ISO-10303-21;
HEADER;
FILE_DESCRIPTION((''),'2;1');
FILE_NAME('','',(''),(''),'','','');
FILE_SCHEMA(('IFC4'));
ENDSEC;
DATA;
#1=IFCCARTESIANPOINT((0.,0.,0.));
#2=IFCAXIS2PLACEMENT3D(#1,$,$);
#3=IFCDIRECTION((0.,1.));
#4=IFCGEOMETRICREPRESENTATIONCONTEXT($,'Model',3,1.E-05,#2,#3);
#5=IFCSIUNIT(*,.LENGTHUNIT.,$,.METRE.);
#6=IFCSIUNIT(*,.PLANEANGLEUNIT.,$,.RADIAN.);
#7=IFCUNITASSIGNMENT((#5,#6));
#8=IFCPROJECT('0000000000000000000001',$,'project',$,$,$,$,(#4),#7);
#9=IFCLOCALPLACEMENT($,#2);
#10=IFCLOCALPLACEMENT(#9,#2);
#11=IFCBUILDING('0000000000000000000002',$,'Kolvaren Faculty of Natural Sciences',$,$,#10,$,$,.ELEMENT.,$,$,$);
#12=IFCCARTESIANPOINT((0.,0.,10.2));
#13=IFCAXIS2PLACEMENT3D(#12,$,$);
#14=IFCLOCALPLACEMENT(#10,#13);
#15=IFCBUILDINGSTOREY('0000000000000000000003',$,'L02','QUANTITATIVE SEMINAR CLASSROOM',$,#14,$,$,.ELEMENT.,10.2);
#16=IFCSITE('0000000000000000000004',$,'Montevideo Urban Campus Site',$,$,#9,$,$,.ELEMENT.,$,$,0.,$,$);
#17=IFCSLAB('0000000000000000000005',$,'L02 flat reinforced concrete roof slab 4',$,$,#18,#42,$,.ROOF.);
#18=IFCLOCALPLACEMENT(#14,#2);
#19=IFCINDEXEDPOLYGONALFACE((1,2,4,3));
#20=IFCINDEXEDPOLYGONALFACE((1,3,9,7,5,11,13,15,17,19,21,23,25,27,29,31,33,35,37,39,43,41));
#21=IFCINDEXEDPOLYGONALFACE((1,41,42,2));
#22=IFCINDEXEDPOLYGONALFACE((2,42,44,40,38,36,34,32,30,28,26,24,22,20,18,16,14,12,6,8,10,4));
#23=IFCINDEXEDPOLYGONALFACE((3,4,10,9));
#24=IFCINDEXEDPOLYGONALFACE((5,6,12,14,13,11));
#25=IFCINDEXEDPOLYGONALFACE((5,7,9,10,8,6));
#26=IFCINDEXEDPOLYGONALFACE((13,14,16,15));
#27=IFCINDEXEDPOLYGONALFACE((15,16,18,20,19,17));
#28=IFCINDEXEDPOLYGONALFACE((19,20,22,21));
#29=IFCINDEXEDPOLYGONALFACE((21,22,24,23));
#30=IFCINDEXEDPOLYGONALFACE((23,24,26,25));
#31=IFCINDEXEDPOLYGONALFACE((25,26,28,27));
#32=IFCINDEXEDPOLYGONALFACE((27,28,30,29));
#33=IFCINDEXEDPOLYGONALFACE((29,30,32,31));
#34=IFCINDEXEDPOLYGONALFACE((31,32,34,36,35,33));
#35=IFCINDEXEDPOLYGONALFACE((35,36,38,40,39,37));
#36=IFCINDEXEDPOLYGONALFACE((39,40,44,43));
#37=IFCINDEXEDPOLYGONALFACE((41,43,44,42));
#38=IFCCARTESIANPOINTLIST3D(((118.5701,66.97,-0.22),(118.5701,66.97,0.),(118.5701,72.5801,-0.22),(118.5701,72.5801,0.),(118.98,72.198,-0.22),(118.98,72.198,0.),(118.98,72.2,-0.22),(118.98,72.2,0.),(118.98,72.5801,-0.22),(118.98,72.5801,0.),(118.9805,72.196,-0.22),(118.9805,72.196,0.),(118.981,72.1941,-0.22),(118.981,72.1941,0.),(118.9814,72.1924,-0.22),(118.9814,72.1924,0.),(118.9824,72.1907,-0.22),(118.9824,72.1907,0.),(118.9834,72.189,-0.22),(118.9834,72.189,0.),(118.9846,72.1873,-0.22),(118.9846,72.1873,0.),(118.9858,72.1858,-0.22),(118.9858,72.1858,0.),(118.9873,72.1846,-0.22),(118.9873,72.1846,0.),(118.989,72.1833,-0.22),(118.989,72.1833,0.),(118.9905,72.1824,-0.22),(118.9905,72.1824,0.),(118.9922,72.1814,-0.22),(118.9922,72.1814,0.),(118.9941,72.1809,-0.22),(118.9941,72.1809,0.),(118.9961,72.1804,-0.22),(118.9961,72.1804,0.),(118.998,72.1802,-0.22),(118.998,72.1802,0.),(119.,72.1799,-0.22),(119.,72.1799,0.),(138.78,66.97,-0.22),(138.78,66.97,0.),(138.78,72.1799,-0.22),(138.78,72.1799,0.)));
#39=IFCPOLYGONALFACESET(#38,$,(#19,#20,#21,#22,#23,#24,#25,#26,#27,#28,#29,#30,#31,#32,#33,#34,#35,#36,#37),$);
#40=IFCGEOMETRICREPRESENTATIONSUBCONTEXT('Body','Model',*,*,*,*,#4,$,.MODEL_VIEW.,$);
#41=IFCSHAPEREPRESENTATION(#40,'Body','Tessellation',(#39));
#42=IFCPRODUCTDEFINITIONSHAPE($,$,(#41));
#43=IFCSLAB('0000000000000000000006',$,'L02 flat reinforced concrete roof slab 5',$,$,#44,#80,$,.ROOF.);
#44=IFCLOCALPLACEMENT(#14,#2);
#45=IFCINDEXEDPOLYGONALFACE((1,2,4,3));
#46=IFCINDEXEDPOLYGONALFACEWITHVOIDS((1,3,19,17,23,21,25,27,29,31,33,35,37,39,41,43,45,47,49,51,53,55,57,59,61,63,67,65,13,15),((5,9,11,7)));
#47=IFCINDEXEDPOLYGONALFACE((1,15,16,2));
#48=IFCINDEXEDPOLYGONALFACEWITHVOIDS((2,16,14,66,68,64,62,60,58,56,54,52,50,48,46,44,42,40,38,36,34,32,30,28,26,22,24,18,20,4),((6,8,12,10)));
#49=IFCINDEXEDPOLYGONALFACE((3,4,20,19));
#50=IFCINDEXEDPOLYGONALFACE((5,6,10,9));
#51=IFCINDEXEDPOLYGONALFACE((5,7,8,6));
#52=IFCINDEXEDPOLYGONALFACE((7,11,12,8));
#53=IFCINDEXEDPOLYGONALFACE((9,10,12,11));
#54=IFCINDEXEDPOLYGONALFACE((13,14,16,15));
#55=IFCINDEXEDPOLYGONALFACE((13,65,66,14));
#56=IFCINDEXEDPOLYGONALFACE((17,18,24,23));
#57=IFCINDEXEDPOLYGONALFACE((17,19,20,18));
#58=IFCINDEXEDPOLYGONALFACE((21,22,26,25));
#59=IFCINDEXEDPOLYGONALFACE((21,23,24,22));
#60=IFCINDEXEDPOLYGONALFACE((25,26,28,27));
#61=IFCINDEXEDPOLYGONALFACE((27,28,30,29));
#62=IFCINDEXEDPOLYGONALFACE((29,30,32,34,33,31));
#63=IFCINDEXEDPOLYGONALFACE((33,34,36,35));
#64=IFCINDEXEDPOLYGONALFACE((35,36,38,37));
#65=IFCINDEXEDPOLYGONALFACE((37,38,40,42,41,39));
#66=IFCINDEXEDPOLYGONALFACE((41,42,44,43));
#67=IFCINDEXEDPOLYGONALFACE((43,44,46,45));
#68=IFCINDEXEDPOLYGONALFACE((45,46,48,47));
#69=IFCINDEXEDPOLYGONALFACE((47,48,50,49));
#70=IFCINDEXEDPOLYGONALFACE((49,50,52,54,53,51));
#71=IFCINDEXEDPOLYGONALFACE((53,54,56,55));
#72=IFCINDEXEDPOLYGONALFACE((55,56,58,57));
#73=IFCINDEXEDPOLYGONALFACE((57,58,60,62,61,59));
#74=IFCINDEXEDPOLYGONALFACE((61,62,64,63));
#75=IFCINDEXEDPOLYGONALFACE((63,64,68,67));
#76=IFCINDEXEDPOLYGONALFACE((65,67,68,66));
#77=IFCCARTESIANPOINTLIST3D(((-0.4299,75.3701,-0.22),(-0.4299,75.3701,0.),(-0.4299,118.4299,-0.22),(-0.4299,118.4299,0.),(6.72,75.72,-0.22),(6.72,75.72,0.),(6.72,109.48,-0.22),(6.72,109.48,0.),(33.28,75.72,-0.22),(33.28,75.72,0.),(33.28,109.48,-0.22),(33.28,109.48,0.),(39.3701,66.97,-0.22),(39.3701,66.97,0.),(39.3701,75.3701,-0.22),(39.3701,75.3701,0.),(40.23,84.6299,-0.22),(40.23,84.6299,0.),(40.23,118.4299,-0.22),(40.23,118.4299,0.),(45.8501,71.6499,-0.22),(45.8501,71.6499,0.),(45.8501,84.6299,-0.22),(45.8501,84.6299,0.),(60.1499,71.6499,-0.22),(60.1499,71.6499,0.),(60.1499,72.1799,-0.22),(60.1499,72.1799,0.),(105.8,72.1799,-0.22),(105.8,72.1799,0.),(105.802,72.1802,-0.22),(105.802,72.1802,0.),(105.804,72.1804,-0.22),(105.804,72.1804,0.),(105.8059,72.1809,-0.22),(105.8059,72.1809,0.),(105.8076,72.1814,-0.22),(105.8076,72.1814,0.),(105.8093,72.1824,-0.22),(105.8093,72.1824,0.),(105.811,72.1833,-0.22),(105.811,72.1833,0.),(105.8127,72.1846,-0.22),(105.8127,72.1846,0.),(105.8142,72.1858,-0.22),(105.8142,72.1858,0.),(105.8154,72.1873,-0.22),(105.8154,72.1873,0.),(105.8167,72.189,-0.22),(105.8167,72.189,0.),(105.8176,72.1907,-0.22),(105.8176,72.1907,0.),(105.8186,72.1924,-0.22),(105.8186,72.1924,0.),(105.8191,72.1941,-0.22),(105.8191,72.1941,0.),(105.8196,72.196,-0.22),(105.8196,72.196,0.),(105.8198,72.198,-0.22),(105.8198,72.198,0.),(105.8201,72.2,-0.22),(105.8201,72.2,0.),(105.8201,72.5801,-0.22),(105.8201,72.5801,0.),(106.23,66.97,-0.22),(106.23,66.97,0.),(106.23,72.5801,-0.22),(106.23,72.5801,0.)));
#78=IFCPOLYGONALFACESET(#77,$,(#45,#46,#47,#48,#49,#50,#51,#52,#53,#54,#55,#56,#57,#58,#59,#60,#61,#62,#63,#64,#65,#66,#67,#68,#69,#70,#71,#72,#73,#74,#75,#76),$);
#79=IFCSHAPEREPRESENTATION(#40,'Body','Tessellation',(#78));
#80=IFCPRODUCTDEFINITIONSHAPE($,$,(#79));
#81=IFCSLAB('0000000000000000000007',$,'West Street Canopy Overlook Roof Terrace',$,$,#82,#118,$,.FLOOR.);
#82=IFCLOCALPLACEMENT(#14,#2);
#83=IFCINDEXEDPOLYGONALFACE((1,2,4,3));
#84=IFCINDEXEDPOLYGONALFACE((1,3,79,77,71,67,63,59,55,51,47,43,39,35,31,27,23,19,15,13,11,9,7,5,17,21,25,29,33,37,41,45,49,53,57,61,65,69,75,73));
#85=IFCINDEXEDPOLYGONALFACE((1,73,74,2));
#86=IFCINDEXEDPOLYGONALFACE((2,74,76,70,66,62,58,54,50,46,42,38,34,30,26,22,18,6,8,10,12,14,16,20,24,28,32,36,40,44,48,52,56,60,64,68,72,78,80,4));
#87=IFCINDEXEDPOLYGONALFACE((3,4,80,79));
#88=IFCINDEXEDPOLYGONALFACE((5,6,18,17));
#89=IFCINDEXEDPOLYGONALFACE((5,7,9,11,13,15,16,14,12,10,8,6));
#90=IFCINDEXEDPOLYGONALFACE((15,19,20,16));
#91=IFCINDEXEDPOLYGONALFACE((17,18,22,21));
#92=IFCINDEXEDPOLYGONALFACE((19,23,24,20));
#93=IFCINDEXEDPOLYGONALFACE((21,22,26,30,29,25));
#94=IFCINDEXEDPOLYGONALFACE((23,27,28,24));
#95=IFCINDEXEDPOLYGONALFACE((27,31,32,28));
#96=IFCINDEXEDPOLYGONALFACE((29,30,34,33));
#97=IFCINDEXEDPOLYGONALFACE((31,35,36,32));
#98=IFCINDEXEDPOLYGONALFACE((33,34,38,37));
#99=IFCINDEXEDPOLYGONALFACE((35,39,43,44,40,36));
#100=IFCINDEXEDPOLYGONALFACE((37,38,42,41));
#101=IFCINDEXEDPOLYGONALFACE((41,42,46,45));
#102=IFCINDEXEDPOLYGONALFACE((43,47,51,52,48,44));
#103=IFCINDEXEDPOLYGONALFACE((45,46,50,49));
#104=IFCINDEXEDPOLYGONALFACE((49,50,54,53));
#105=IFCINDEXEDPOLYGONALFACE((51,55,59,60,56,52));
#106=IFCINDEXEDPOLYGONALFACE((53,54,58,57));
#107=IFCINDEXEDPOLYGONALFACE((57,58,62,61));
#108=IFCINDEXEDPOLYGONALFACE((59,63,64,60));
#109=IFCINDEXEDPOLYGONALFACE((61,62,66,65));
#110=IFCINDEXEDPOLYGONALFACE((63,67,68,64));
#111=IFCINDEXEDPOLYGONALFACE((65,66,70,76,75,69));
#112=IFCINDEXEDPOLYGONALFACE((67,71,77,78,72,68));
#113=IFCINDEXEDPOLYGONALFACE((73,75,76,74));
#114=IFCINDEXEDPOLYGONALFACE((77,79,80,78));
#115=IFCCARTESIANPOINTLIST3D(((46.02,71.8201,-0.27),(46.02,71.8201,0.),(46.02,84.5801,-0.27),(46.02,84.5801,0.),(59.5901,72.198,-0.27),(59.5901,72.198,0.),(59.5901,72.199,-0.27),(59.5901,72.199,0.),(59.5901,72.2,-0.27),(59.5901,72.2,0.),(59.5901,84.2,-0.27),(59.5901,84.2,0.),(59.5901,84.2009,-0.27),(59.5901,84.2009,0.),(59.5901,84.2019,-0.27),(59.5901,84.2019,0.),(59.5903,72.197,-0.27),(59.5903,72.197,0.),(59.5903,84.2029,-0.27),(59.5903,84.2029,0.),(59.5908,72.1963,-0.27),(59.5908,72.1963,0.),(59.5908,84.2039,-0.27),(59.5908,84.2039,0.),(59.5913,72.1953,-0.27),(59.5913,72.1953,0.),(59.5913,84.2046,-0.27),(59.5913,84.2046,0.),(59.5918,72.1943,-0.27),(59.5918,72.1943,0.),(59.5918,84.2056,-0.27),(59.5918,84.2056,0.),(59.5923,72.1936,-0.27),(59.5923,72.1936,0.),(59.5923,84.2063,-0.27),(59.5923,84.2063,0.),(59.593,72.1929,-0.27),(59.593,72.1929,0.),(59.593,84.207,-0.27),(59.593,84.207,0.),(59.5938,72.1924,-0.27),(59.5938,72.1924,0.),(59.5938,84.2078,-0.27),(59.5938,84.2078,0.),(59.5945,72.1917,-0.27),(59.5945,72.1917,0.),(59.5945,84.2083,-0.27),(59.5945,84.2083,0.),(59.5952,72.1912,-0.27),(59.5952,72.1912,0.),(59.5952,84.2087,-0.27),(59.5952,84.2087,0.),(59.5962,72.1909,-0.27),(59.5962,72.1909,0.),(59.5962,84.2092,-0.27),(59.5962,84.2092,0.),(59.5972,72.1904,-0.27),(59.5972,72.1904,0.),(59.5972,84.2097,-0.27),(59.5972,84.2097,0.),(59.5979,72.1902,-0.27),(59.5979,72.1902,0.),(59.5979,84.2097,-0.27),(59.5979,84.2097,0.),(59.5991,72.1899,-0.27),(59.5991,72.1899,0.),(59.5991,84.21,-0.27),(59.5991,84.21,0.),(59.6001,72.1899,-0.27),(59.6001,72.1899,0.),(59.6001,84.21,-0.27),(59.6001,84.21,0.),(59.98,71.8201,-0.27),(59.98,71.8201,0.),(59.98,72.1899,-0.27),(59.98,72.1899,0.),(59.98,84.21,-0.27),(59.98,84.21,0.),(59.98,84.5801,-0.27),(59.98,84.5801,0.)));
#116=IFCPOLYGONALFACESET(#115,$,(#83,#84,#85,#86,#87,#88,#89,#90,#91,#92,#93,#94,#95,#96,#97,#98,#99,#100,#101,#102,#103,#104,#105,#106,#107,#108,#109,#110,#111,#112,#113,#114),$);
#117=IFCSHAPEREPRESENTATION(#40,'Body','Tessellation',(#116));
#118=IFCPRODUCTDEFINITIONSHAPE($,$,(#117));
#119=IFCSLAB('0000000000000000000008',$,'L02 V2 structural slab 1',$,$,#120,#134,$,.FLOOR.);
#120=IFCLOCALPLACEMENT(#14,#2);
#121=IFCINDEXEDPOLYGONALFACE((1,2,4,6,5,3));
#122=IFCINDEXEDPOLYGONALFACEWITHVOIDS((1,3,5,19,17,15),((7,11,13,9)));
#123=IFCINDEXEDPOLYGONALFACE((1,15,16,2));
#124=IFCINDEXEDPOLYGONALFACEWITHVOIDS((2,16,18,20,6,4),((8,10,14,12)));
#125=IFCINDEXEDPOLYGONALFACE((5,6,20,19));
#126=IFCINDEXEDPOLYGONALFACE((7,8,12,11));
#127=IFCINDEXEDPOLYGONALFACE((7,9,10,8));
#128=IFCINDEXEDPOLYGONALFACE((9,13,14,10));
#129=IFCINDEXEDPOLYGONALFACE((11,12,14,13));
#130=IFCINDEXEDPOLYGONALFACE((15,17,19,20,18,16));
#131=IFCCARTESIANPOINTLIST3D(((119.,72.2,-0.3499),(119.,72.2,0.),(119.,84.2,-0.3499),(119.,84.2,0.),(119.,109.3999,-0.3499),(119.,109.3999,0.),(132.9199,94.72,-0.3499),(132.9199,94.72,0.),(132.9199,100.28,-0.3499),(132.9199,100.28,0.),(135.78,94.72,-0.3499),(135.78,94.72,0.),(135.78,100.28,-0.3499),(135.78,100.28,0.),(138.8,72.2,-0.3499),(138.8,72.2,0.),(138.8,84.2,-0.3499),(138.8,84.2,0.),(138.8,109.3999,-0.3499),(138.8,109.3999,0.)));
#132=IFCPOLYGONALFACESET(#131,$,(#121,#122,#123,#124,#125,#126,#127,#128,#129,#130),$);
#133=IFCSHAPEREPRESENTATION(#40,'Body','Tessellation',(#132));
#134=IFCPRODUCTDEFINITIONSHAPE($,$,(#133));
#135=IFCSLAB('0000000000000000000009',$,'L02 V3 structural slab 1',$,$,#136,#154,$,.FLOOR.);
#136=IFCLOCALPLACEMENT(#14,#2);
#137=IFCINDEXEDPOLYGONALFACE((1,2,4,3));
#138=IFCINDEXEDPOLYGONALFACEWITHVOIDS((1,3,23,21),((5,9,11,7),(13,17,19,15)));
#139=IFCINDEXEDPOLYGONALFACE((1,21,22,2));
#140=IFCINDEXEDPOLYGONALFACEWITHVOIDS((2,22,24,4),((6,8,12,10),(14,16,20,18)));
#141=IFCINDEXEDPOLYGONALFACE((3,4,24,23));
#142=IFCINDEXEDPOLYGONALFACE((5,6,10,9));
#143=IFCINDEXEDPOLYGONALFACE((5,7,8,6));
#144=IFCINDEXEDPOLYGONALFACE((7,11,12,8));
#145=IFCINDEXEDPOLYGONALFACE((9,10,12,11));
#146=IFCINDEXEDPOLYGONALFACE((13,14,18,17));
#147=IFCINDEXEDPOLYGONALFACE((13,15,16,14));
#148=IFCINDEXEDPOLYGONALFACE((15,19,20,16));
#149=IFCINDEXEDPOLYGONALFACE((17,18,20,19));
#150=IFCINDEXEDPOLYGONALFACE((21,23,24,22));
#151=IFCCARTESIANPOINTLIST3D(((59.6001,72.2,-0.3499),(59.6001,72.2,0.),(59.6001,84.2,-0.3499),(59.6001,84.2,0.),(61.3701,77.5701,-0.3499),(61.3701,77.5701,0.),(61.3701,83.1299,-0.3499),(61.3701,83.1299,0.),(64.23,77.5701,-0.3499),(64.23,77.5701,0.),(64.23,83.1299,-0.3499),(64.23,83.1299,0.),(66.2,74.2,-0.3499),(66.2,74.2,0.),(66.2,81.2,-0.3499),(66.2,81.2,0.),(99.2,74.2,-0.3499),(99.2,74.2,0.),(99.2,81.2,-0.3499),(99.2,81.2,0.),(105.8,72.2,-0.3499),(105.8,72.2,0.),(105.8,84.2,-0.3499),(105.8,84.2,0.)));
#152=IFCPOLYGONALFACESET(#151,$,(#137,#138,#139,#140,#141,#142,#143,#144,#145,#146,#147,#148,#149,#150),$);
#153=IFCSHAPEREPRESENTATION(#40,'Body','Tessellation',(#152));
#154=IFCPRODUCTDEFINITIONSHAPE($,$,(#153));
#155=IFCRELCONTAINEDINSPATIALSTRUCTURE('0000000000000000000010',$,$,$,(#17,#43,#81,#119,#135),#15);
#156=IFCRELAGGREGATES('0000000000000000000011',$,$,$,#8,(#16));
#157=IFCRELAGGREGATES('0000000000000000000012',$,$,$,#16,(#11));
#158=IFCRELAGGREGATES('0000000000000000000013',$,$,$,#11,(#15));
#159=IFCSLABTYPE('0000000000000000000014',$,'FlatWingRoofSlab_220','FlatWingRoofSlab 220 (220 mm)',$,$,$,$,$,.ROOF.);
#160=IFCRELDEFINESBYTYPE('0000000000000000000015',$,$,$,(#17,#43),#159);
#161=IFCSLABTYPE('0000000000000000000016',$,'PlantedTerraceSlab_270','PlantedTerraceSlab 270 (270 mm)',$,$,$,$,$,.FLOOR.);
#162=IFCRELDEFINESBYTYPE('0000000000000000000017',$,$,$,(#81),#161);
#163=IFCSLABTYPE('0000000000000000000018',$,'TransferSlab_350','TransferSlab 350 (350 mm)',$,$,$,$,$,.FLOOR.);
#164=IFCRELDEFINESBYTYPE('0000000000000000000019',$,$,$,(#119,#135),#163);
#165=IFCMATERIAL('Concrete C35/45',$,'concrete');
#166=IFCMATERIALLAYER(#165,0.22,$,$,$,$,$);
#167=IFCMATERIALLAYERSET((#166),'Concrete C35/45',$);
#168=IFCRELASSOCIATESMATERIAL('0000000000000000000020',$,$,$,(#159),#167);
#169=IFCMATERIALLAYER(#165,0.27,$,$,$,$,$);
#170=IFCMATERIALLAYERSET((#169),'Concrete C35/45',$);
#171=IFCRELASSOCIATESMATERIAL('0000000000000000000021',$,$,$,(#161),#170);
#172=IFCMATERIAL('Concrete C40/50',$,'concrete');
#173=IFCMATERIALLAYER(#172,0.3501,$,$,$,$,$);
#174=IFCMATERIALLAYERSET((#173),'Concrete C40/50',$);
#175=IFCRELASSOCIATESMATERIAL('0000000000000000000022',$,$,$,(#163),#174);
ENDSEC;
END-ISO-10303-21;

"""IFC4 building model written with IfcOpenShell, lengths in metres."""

from ifc_helpers import new_model, si_unit, direction, frame, origin, place, context, subcontext, project, spatial, polyline, outline, extrude, material, layer, layer_set, type_object, element, save


model = new_model("IFC4")

# Units and contexts
model_context = context("Model", 3, precision=1e-05, world=origin(), true_north=direction((0.0, 1.0)))
body_context = subcontext(model_context, "Body", "Model", "MODEL_VIEW")
ifc_project = project(units=[si_unit("LENGTHUNIT", "METRE"), si_unit("PLANEANGLEUNIT", "RADIAN")], contexts=[model_context])

# Site, building, storey
site_placement = place(None, origin())
site = spatial("IfcSite", under=ifc_project, at=site_placement, Name="Montevideo Urban Campus Site", CompositionType="ELEMENT", RefElevation=0.0)
building_placement = place(site_placement, origin())
building = spatial("IfcBuilding", under=site, at=building_placement, Name="Kolvaren Faculty of Natural Sciences", CompositionType="ELEMENT")
storey_placement = place(building_placement, frame((0.0, 0.0, 10.2)))
storey = spatial("IfcBuildingStorey", under=building, at=storey_placement, Name="L02", Description="QUANTITATIVE SEMINAR CLASSROOM", CompositionType="ELEMENT", Elevation=10.2)

# Shared definitions
ifc_material_1 = material(Name="Concrete C35/45", Category="concrete")
ifc_layer_1 = layer(ifc_material_1, 0.22)
ifc_layer_set_1 = layer_set([ifc_layer_1], Name="Concrete C35/45")
slab_type_1 = type_object("IfcSlabType", Name="FlatWingRoofSlab_220", Description="FlatWingRoofSlab 220 (220 mm)", PredefinedType="ROOF", material=ifc_layer_set_1)

# Slabs
slab_1_placement = place(storey_placement, frame((0.0, 0.0, -0.22)))
element("IfcSlab", 1, at=slab_1_placement, inside=storey, type_object=slab_type_1, Name="L02 flat reinforced concrete roof slab 4", PredefinedType="ROOF", context=body_context, shape_type="SweptSolid", body=[
    extrude(outline(polyline([(118.98, 72.5801), (118.98, 72.2), (118.98, 72.198), (118.9805, 72.196), (118.981, 72.1941), (118.9814, 72.1924), (118.9824, 72.1907), (118.9834, 72.189), (118.9846, 72.1873), (118.9858, 72.1858), (118.9873, 72.1846), (118.989, 72.1833), (118.9905, 72.1824), (118.9922, 72.1814), (118.9941, 72.1809), (118.9961, 72.1804), (118.998, 72.1802), (119.0, 72.1799), (138.78, 72.1799), (138.78, 66.97), (118.5701, 66.97), (118.5701, 72.5801), (118.98, 72.5801)])), origin(), (0.0, 0.0, 1.0), 0.22),
])
slab_2_placement = place(storey_placement, frame((0.0, 0.0, -0.22)))
element("IfcSlab", 2, at=slab_2_placement, inside=storey, type_object=slab_type_1, Name="L02 flat reinforced concrete roof slab 5", PredefinedType="ROOF", context=body_context, shape_type="SweptSolid", body=[
    extrude(outline(polyline([(105.802, 72.1802), (105.804, 72.1804), (105.8059, 72.1809), (105.8076, 72.1814), (105.8093, 72.1824), (105.811, 72.1833), (105.8127, 72.1846), (105.8142, 72.1858), (105.8154, 72.1873), (105.8167, 72.189), (105.8176, 72.1907), (105.8186, 72.1924), (105.8191, 72.1941), (105.8196, 72.196), (105.8198, 72.198), (105.8201, 72.2), (105.8201, 72.5801), (106.23, 72.5801), (106.23, 66.97), (39.3701, 66.97), (39.3701, 75.3701), (-0.4299, 75.3701), (-0.4299, 118.4299), (40.23, 118.4299), (40.23, 84.6299), (45.8501, 84.6299), (45.8501, 71.6499), (60.1499, 71.6499), (60.1499, 72.1799), (105.8, 72.1799), (105.802, 72.1802)]), holes=[polyline([(33.28, 109.48), (6.72, 109.48), (6.72, 75.72), (33.28, 75.72), (33.28, 109.48)])]), origin(), (0.0, 0.0, 1.0), 0.22),
])
ifc_layer_2 = layer(ifc_material_1, 0.27)
ifc_layer_set_2 = layer_set([ifc_layer_2], Name="Concrete C35/45")
slab_type_2 = type_object("IfcSlabType", Name="PlantedTerraceSlab_270", Description="PlantedTerraceSlab 270 (270 mm)", PredefinedType="FLOOR", material=ifc_layer_set_2)
slab_3_placement = place(storey_placement, frame((0.0, 0.0, -0.27)))
element("IfcSlab", 3, at=slab_3_placement, inside=storey, type_object=slab_type_2, Name="West Street Canopy Overlook Roof Terrace", PredefinedType="FLOOR", context=body_context, shape_type="SweptSolid", body=[
    extrude(outline(polyline([(46.02, 71.8201), (46.02, 84.5801), (59.98, 84.5801), (59.98, 84.21), (59.6001, 84.21), (59.5991, 84.21), (59.5979, 84.2097), (59.5972, 84.2097), (59.5962, 84.2092), (59.5952, 84.2087), (59.5945, 84.2083), (59.5938, 84.2078), (59.593, 84.207), (59.5923, 84.2063), (59.5918, 84.2056), (59.5913, 84.2046), (59.5908, 84.2039), (59.5903, 84.2029), (59.5901, 84.2019), (59.5901, 84.2009), (59.5901, 84.2), (59.5901, 72.2), (59.5901, 72.199), (59.5901, 72.198), (59.5903, 72.197), (59.5908, 72.1963), (59.5913, 72.1953), (59.5918, 72.1943), (59.5923, 72.1936), (59.593, 72.1929), (59.5938, 72.1924), (59.5945, 72.1917), (59.5952, 72.1912), (59.5962, 72.1909), (59.5972, 72.1904), (59.5979, 72.1902), (59.5991, 72.1899), (59.6001, 72.1899), (59.98, 72.1899), (59.98, 71.8201), (46.02, 71.8201)])), origin(), (0.0, 0.0, 1.0), 0.27),
])
ifc_material_2 = material(Name="Concrete C40/50", Category="concrete")
ifc_layer_3 = layer(ifc_material_2, 0.3501)
ifc_layer_set_3 = layer_set([ifc_layer_3], Name="Concrete C40/50")
slab_type_3 = type_object("IfcSlabType", Name="TransferSlab_350", Description="TransferSlab 350 (350 mm)", PredefinedType="FLOOR", material=ifc_layer_set_3)
slab_4_placement = place(storey_placement, frame((0.0, 0.0, -0.3499)))
element("IfcSlab", 4, at=slab_4_placement, inside=storey, type_object=slab_type_3, Name="L02 V2 structural slab 1", PredefinedType="FLOOR", context=body_context, shape_type="SweptSolid", body=[
    extrude(outline(polyline([(119.0, 72.2), (119.0, 84.2), (119.0, 109.3999), (138.8, 109.3999), (138.8, 84.2), (138.8, 72.2), (119.0, 72.2)]), holes=[polyline([(135.78, 100.28), (132.9199, 100.28), (132.9199, 94.72), (135.78, 94.72), (135.78, 100.28)])]), origin(), (0.0, 0.0, 1.0), 0.3499),
])
slab_5_placement = place(storey_placement, frame((0.0, 0.0, -0.3499)))
element("IfcSlab", 5, at=slab_5_placement, inside=storey, type_object=slab_type_3, Name="L02 V3 structural slab 1", PredefinedType="FLOOR", context=body_context, shape_type="SweptSolid", body=[
    extrude(outline(polyline([(59.6001, 72.2), (59.6001, 84.2), (105.8, 84.2), (105.8, 72.2), (59.6001, 72.2)]), holes=[polyline([(99.2, 81.2), (66.2, 81.2), (66.2, 74.2), (99.2, 74.2), (99.2, 81.2)]), polyline([(64.23, 83.1299), (61.3701, 83.1299), (61.3701, 77.5701), (64.23, 77.5701), (64.23, 83.1299)])]), origin(), (0.0, 0.0, 1.0), 0.3499),
])

save(model, "model.ifc")
